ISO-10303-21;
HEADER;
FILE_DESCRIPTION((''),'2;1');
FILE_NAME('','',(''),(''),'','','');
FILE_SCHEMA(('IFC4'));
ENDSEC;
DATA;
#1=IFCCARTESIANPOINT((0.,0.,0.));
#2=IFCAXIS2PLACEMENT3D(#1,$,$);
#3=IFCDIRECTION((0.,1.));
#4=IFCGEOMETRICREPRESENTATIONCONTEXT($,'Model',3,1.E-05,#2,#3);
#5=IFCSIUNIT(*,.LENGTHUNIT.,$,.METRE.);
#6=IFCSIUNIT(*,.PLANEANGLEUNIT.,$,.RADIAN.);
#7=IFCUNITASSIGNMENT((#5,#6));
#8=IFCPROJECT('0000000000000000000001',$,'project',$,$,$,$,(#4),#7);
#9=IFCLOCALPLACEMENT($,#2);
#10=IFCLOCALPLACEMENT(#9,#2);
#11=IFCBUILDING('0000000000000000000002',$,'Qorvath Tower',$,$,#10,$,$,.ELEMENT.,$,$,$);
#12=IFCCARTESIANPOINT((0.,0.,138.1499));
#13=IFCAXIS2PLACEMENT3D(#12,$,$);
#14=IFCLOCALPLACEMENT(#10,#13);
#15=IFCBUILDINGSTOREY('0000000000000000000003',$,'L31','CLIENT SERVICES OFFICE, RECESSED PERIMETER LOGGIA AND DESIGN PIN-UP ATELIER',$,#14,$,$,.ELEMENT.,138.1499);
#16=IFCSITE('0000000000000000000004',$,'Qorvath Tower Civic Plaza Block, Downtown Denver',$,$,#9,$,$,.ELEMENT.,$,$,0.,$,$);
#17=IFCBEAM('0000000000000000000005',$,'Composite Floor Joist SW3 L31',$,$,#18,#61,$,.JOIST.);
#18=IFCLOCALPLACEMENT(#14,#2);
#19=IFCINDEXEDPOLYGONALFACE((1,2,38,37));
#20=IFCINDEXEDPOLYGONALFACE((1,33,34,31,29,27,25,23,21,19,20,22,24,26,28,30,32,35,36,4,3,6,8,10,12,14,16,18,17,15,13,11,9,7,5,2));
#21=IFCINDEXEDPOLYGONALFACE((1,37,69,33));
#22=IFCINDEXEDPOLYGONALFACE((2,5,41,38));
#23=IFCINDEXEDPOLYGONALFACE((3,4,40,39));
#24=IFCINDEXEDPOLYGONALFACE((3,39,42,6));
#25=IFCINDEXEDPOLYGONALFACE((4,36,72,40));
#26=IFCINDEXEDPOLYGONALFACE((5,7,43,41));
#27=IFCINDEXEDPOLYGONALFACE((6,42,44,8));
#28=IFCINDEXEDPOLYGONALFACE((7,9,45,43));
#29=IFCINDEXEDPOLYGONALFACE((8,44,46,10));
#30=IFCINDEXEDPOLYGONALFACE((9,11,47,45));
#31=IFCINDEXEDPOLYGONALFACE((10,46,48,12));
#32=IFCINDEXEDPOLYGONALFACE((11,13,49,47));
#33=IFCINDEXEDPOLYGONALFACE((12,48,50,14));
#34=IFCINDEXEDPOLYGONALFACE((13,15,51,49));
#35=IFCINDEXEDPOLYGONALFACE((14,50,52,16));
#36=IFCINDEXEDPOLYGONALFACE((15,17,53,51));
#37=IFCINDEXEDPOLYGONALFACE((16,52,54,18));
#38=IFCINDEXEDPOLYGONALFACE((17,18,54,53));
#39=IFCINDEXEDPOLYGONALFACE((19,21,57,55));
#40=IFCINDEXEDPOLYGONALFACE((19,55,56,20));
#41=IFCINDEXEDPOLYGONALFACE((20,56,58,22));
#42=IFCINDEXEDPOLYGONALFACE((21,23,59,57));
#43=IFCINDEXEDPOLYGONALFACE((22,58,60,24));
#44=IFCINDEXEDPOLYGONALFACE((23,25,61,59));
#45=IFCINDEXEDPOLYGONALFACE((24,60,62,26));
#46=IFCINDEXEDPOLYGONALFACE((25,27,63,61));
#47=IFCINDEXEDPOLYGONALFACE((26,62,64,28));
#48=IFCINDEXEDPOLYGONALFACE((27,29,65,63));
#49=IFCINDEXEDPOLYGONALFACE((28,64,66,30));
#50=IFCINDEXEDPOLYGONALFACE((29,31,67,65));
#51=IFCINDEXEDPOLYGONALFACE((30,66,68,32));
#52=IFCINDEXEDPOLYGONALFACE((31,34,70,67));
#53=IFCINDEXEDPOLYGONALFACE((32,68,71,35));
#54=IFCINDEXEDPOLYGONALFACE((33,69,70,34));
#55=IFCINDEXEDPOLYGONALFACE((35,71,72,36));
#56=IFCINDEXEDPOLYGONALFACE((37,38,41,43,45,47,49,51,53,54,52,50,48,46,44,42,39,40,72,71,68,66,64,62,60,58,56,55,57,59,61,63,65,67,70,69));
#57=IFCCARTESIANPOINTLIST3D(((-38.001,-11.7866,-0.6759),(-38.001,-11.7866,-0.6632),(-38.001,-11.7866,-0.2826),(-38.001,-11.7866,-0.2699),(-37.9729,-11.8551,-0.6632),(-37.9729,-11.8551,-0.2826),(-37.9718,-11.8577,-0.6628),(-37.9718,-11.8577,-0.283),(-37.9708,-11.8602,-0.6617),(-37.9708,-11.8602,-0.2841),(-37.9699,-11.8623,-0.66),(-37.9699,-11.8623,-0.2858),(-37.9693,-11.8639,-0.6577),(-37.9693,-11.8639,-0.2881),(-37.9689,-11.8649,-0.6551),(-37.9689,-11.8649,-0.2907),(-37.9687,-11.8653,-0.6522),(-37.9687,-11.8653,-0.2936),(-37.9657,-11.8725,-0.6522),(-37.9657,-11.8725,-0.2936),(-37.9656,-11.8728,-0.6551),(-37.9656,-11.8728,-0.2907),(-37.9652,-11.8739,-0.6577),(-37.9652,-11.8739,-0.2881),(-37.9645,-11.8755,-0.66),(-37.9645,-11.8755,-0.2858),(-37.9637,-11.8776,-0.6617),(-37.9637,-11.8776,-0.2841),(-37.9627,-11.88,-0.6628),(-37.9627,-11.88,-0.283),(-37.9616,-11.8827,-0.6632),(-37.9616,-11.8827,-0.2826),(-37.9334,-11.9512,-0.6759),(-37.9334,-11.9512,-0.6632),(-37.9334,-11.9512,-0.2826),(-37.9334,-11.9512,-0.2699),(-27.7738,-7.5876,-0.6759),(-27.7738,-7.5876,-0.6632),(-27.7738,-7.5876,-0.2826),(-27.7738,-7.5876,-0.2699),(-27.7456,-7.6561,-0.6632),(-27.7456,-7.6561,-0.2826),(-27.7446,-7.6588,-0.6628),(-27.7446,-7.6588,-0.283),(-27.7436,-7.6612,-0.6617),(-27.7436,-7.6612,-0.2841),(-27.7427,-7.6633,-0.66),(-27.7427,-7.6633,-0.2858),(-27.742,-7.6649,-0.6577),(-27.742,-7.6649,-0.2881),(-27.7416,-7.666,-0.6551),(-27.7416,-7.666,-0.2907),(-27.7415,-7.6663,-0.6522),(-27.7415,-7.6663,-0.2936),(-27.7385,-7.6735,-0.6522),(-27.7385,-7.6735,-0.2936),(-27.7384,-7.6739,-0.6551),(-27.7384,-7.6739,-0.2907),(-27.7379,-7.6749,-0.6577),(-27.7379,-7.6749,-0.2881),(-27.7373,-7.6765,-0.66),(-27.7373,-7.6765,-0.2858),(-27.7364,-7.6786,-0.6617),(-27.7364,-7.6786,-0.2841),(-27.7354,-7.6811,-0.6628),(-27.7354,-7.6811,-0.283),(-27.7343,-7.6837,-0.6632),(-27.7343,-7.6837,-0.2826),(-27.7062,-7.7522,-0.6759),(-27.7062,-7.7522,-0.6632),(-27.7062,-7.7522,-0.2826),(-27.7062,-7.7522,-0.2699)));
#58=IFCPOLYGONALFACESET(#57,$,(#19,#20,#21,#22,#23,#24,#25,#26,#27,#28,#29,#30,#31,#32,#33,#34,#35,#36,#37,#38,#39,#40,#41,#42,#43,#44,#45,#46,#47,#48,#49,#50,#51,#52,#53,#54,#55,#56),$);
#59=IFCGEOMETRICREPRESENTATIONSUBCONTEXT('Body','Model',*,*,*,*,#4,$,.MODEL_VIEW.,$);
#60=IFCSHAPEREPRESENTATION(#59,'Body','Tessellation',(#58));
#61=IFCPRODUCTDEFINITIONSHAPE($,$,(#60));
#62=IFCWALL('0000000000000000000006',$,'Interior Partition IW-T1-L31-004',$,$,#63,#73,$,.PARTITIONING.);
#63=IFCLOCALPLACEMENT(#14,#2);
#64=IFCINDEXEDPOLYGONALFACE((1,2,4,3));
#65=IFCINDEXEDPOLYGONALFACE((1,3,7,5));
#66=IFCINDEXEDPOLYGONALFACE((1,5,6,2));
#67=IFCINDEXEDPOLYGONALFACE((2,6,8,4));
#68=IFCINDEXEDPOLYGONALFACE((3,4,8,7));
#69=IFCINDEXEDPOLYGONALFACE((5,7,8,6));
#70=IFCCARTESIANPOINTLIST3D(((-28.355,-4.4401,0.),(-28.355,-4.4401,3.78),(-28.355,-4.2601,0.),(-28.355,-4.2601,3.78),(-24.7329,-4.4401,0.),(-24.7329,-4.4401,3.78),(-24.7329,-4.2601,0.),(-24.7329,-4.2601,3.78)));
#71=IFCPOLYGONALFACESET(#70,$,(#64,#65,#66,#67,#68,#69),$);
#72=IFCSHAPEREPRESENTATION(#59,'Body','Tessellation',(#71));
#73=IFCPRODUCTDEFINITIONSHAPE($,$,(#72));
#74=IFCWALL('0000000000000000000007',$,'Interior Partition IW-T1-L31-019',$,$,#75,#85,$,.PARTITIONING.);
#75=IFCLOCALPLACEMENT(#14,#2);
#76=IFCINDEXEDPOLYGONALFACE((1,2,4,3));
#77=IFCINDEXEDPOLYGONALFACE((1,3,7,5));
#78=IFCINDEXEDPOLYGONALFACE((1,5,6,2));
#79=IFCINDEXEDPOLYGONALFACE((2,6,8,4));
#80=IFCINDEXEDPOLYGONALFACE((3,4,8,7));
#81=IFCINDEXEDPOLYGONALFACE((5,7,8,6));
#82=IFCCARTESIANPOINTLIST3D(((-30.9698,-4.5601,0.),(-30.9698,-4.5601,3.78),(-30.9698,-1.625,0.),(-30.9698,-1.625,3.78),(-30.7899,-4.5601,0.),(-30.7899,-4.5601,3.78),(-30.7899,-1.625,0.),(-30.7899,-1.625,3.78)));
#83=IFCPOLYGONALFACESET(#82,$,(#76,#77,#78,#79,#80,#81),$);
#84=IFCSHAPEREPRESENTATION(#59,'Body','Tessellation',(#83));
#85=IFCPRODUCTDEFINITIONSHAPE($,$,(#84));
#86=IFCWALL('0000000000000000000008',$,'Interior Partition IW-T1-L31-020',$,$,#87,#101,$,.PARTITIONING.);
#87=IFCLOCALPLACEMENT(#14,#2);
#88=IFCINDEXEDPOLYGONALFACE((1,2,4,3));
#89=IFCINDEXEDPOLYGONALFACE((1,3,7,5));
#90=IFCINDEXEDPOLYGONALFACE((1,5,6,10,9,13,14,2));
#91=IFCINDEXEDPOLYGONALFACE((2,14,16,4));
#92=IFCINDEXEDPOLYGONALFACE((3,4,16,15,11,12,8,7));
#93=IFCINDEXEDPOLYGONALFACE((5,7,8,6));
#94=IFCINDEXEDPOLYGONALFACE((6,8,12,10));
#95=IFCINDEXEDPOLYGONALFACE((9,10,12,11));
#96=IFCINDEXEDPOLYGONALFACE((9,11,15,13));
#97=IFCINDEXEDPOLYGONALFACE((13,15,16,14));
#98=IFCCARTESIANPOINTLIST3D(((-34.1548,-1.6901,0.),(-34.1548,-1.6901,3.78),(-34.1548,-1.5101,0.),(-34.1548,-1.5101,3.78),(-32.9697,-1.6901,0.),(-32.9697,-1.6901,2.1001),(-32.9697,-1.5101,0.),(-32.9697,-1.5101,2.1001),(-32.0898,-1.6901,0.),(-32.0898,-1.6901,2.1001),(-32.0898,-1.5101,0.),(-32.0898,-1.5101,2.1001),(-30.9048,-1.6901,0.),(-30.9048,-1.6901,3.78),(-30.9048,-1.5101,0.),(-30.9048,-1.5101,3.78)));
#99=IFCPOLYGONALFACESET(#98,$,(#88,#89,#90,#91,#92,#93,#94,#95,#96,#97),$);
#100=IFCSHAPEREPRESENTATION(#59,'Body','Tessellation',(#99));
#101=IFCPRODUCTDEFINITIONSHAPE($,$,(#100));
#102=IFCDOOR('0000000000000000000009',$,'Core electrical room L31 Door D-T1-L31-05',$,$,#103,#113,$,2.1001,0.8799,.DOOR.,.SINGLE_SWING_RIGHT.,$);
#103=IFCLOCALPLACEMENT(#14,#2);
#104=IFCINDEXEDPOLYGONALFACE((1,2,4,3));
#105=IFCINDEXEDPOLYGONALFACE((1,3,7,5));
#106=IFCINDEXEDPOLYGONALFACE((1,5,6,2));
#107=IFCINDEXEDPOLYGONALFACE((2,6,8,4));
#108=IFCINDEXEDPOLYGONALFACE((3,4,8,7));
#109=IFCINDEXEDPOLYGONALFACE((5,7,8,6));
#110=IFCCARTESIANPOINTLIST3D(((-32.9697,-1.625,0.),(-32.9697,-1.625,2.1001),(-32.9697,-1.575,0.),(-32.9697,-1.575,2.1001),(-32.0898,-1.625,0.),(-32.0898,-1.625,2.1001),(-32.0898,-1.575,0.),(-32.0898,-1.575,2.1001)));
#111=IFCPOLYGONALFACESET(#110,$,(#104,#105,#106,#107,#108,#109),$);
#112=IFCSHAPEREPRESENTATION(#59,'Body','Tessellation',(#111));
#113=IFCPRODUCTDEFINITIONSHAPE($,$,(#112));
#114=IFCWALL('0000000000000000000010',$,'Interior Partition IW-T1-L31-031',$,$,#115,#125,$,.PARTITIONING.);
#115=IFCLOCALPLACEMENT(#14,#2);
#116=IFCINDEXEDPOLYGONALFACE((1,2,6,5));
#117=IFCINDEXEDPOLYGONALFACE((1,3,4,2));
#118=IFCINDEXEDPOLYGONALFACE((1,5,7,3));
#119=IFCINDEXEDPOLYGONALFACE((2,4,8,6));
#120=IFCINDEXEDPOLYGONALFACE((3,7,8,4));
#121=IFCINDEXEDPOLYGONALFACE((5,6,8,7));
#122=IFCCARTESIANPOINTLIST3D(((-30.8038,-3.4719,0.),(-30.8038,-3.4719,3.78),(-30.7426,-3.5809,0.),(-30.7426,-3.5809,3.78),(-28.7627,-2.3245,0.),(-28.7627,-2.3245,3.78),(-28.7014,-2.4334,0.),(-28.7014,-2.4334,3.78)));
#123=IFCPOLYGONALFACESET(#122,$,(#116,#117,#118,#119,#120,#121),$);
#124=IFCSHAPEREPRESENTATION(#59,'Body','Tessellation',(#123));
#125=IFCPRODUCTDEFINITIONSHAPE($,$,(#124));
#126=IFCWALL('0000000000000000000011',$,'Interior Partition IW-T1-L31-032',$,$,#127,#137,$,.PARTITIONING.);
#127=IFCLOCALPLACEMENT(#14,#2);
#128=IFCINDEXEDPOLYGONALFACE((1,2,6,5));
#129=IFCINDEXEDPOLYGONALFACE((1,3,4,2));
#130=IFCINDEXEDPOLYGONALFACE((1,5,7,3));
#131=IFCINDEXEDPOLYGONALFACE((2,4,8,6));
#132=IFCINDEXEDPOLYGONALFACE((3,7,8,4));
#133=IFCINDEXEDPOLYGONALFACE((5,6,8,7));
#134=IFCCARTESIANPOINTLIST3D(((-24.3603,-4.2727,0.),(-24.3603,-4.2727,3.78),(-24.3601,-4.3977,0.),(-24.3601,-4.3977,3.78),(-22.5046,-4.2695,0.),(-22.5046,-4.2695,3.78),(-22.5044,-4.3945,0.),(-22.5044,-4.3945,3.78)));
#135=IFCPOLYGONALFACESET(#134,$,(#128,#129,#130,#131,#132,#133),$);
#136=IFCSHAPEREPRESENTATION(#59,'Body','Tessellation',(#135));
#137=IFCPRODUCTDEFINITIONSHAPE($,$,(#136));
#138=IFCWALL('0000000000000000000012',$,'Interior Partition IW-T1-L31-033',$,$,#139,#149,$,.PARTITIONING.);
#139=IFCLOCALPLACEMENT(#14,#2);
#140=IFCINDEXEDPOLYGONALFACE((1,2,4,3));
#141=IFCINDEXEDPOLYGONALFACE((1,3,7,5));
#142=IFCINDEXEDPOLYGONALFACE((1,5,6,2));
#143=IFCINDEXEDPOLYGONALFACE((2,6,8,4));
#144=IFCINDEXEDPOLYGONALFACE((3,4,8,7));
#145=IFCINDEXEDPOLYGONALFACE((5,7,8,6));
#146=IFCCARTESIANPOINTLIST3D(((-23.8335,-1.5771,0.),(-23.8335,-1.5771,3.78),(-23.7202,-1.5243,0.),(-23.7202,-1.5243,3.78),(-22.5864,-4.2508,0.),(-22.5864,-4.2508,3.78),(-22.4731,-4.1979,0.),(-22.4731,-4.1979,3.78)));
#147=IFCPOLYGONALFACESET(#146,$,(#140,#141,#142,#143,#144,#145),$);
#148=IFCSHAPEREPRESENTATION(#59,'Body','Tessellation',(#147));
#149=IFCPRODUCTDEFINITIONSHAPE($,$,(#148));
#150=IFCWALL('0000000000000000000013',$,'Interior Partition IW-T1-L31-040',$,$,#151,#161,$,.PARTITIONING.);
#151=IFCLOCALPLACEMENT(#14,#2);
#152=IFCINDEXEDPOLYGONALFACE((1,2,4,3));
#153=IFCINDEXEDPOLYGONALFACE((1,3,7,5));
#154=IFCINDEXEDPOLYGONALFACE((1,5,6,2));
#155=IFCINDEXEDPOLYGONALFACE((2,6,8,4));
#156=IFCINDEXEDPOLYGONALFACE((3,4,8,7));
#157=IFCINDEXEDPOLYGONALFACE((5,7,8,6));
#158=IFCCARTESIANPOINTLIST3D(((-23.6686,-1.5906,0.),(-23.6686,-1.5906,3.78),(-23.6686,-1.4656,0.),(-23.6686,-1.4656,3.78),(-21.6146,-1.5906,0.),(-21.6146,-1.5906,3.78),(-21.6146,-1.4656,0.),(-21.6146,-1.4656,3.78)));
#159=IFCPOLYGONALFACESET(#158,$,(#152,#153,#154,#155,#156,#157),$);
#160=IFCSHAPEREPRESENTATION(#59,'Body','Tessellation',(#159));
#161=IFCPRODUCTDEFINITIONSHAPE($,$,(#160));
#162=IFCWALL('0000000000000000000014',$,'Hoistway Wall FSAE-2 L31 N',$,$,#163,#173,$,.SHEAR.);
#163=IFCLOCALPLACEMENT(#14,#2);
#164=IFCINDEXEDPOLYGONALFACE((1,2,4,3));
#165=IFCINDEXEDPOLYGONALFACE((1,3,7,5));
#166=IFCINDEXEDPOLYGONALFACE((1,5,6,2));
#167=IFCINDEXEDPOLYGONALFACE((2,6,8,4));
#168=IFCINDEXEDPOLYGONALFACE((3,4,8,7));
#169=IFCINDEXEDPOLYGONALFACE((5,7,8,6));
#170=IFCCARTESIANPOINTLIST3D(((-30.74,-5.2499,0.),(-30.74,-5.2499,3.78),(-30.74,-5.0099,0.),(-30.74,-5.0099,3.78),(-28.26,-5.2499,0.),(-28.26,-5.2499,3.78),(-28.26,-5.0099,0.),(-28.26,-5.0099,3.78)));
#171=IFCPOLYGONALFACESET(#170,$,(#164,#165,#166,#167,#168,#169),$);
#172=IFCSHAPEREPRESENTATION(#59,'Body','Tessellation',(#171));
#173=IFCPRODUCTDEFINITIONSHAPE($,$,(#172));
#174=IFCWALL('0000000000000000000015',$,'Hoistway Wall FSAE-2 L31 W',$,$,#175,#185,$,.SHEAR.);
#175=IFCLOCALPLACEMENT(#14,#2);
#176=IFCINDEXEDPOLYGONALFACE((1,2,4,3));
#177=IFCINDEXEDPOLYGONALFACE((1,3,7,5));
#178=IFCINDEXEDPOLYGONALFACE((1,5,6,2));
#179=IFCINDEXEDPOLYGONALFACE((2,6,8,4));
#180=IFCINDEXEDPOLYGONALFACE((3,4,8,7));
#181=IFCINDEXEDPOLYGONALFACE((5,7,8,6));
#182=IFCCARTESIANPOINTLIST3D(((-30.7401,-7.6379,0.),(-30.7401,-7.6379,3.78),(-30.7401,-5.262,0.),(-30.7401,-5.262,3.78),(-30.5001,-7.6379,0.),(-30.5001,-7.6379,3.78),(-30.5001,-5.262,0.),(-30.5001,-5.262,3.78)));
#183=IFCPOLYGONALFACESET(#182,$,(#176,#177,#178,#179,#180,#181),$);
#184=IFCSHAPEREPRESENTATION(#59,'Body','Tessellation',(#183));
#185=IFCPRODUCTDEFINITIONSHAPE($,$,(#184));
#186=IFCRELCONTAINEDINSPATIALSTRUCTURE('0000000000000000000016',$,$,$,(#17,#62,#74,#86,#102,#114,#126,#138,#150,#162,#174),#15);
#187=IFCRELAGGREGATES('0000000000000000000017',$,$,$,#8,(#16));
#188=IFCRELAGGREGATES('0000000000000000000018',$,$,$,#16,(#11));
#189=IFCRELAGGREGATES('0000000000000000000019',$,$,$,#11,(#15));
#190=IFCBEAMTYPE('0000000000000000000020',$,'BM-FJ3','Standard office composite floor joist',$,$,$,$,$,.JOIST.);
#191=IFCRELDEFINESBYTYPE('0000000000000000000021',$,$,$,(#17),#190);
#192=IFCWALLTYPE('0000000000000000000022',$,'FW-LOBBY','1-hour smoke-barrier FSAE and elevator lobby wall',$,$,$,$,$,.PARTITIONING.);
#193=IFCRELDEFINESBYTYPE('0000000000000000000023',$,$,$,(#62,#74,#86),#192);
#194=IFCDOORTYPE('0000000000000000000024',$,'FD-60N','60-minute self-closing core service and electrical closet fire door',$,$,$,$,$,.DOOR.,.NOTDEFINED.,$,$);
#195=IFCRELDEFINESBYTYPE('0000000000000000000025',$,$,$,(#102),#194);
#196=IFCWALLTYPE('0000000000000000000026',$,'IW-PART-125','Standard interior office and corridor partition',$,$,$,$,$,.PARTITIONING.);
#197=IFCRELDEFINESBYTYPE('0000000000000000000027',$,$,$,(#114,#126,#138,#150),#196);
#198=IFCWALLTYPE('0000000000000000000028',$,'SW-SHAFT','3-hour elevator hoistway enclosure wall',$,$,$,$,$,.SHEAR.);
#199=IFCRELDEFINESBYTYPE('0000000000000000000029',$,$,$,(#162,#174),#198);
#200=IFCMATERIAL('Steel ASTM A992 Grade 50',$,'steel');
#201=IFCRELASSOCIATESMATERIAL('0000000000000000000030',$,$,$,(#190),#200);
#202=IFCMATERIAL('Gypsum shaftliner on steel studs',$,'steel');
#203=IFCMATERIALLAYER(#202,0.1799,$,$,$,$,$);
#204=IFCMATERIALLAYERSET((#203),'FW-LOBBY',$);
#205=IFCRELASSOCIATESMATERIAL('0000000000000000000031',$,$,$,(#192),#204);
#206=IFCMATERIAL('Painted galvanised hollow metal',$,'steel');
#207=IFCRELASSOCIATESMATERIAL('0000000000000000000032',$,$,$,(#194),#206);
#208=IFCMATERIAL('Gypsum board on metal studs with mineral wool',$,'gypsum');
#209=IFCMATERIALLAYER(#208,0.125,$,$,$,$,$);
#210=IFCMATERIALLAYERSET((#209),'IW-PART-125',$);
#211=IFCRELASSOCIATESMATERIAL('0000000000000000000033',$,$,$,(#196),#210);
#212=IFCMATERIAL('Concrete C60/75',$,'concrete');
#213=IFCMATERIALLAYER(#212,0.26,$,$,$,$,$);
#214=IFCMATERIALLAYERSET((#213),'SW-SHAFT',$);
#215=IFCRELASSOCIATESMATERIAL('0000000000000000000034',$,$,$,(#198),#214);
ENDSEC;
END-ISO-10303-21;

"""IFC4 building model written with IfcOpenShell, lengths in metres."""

from ifc_helpers import new_model, si_unit, direction, frame, frame_2d, origin, origin_2d, place, context, subcontext, project, spatial, rectangle, i_section, extrude, material, layer, layer_set, material_profile, profile_set, type_object, element, fill, save


model = new_model("IFC4")

# Units and contexts
model_context = context("Model", 3, precision=1e-05, world=origin(), true_north=direction((0.0, 1.0)))
body_context = subcontext(model_context, "Body", "Model", "MODEL_VIEW")
ifc_project = project(units=[si_unit("LENGTHUNIT", "METRE"), si_unit("PLANEANGLEUNIT", "RADIAN")], contexts=[model_context])

# Site, building, storey
site_placement = place(None, origin())
site = spatial("IfcSite", under=ifc_project, at=site_placement, Name="Qorvath Tower Civic Plaza Block, Downtown Denver", CompositionType="ELEMENT", RefElevation=0.0)
building_placement = place(site_placement, origin())
building = spatial("IfcBuilding", under=site, at=building_placement, Name="Qorvath Tower", CompositionType="ELEMENT")
storey_placement = place(building_placement, frame((0.0, 0.0, 138.1499)))
storey = spatial("IfcBuildingStorey", under=building, at=storey_placement, Name="L31", Description="CLIENT SERVICES OFFICE, RECESSED PERIMETER LOGGIA AND DESIGN PIN-UP ATELIER", CompositionType="ELEMENT", Elevation=138.1499)

# Beam
ifc_material_1 = material(Name="Steel ASTM A992 Grade 50", Category="steel")
ifc_material_profile_1 = material_profile(ifc_material_1, i_section(OverallWidth=0.178, OverallDepth=0.406, WebThickness=0.0078, FlangeThickness=0.0127, FilletRadius=0.011, at=origin_2d()), Name="W16x40")
ifc_profile_set_1 = profile_set([ifc_material_profile_1], Name="Steel ASTM A992 Grade 50")
beam_type_1 = type_object("IfcBeamType", Name="BM-FJ3", Description="Standard office composite floor joist", PredefinedType="JOIST", material=ifc_profile_set_1)
beam_1_placement = place(storey_placement, frame((-27.74, -7.6699, -0.4729), z_axis=(-0.925068, -0.379801, 0.0), x_axis=(0.379801, -0.925068, 0.0)))
element("IfcBeam", 1, at=beam_1_placement, inside=storey, type_object=beam_type_1, Name="Composite Floor Joist SW3 L31", PredefinedType="JOIST", context=body_context, shape_type="SweptSolid", body=[
    extrude(i_section(OverallWidth=0.178, OverallDepth=0.406, WebThickness=0.0078, FlangeThickness=0.0127, FilletRadius=0.011, at=origin_2d()), origin(), (0.0, 0.0, 1.0), 11.0557),
])

# Walls
ifc_material_2 = material(Name="Gypsum shaftliner on steel studs", Category="steel")
ifc_layer_1 = layer(ifc_material_2, 0.1799)
ifc_layer_set_1 = layer_set([ifc_layer_1], Name="FW-LOBBY")
wall_type_1 = type_object("IfcWallType", Name="FW-LOBBY", Description="1-hour smoke-barrier FSAE and elevator lobby wall", PredefinedType="PARTITIONING", material=ifc_layer_set_1)
wall_1_placement = place(storey_placement, frame((-24.7329, -4.3501, 0.0), z_axis=(0.0, 0.0, 1.0), x_axis=(-1.0, 0.0, 0.0)))
element("IfcWall", 2, at=wall_1_placement, inside=storey, type_object=wall_type_1, Name="Interior Partition IW-T1-L31-004", PredefinedType="PARTITIONING", context=body_context, shape_type="SweptSolid", body=[
    extrude(rectangle(XDim=3.6221, YDim=0.1799, at=frame_2d((1.811, 0.0))), origin(), (0.0, 0.0, 1.0), 3.78),
])
wall_2_placement = place(storey_placement, frame((-30.8799, -4.5601, 0.0), z_axis=(0.0, 0.0, 1.0), x_axis=(0.0, 1.0, 0.0)))
element("IfcWall", 3, at=wall_2_placement, inside=storey, type_object=wall_type_1, Name="Interior Partition IW-T1-L31-019", PredefinedType="PARTITIONING", context=body_context, shape_type="SweptSolid", body=[
    extrude(rectangle(XDim=2.9351, YDim=0.1799, at=frame_2d((1.4675, 0.0))), origin(), (0.0, 0.0, 1.0), 3.78),
])

# Wall, opening, door
wall_3_placement = place(storey_placement, frame((-30.9048, -1.6001, 0.0), z_axis=(0.0, 0.0, 1.0), x_axis=(-1.0, 0.0, 0.0)))
wall_3 = element("IfcWall", 4, at=wall_3_placement, inside=storey, type_object=wall_type_1, Name="Interior Partition IW-T1-L31-020", PredefinedType="PARTITIONING", context=body_context, shape_type="SweptSolid", body=[
    extrude(rectangle(XDim=3.25, YDim=0.1799, at=frame_2d((1.625, 0.0))), origin(), (0.0, 0.0, 1.0), 3.78),
])
opening_1_placement = place(wall_3_placement, frame((1.1851, 0.0, 0.0)))
opening_1 = element("IfcOpeningElement", 5, at=opening_1_placement, cuts=wall_3, PredefinedType="OPENING", context=body_context, shape_type="SweptSolid", body=[
    extrude(rectangle(XDim=0.8799, YDim=2.1001, at=frame_2d((0.4399, 1.05))), frame((0.0, 0.1001, 0.0), z_axis=(0.0, -1.0, 0.0), x_axis=(1.0, 0.0, 0.0)), (0.0, 0.0, 1.0), 0.2),
])
ifc_material_3 = material(Name="Painted galvanised hollow metal", Category="steel")
door_type_1 = type_object("IfcDoorType", Name="FD-60N", Description="60-minute self-closing core service and electrical closet fire door", OperationType="NOTDEFINED", PredefinedType="DOOR", material=ifc_material_3)
door_1_placement = place(opening_1_placement, origin())
door_1 = element("IfcDoor", 6, at=door_1_placement, inside=storey, type_object=door_type_1, Name="Core electrical room L31 Door D-T1-L31-05", OperationType="SINGLE_SWING_RIGHT", OverallHeight=2.1001, OverallWidth=0.8799, PredefinedType="DOOR", context=body_context, shape_type="SweptSolid", body=[
    extrude(rectangle(XDim=0.8799, YDim=2.1001, at=frame_2d((0.4399, 1.05))), frame((0.0, 0.0249, 0.0), z_axis=(0.0, -1.0, 0.0), x_axis=(1.0, 0.0, 0.0)), (0.0, 0.0, 1.0), 0.05),
])
fill(opening_1, door_1)
ifc_material_4 = material(Name="Gypsum board on metal studs with mineral wool", Category="gypsum")
ifc_layer_2 = layer(ifc_material_4, 0.125)
ifc_layer_set_2 = layer_set([ifc_layer_2], Name="IW-PART-125")
wall_type_2 = type_object("IfcWallType", Name="IW-PART-125", Description="Standard interior office and corridor partition", PredefinedType="PARTITIONING", material=ifc_layer_set_2)

# Walls
wall_4_placement = place(storey_placement, frame((-28.7319, -2.3789, 0.0), z_axis=(0.0, 0.0, 1.0), x_axis=(-0.871712, -0.490019, 0.0)))
element("IfcWall", 7, at=wall_4_placement, inside=storey, type_object=wall_type_2, Name="Interior Partition IW-T1-L31-031", PredefinedType="PARTITIONING", context=body_context, shape_type="SweptSolid", body=[
    extrude(rectangle(XDim=2.3416, YDim=0.125, at=frame_2d((1.1709, 0.0))), origin(), (0.0, 0.0, 1.0), 3.78),
])
wall_5_placement = place(storey_placement, frame((-24.3601, -4.3352, 0.0), z_axis=(0.0, 0.0, 1.0), x_axis=(0.999999, 0.00171, 0.0)))
element("IfcWall", 8, at=wall_5_placement, inside=storey, type_object=wall_type_2, Name="Interior Partition IW-T1-L31-032", PredefinedType="PARTITIONING", context=body_context, shape_type="SweptSolid", body=[
    extrude(rectangle(XDim=1.8557, YDim=0.125, at=frame_2d((0.9277, 0.0))), origin(), (0.0, 0.0, 1.0), 3.78),
])
wall_6_placement = place(storey_placement, frame((-22.5298, -4.2244, 0.0), z_axis=(0.0, 0.0, 1.0), x_axis=(-0.422718, 0.906261, 0.0)))
element("IfcWall", 9, at=wall_6_placement, inside=storey, type_object=wall_type_2, Name="Interior Partition IW-T1-L31-033", PredefinedType="PARTITIONING", context=body_context, shape_type="SweptSolid", body=[
    extrude(rectangle(XDim=2.9502, YDim=0.125, at=frame_2d((1.4751, 0.0))), origin(), (0.0, 0.0, 1.0), 3.78),
])
wall_7_placement = place(storey_placement, frame((-21.6147, -1.5281, 0.0), z_axis=(0.0, 0.0, 1.0), x_axis=(-1.0, 0.0, 0.0)))
element("IfcWall", 10, at=wall_7_placement, inside=storey, type_object=wall_type_2, Name="Interior Partition IW-T1-L31-040", PredefinedType="PARTITIONING", context=body_context, shape_type="SweptSolid", body=[
    extrude(rectangle(XDim=2.054, YDim=0.125, at=frame_2d((1.0269, 0.0))), origin(), (0.0, 0.0, 1.0), 3.78),
])
ifc_material_5 = material(Name="Concrete C60/75", Category="concrete")
ifc_layer_3 = layer(ifc_material_5, 0.26)
ifc_layer_set_3 = layer_set([ifc_layer_3], Name="SW-SHAFT")
wall_type_3 = type_object("IfcWallType", Name="SW-SHAFT", Description="3-hour elevator hoistway enclosure wall", PredefinedType="SHEAR", material=ifc_layer_set_3)
wall_8_placement = place(storey_placement, frame((-30.74, -5.1299, 0.0), z_axis=(0.0, 0.0, 1.0), x_axis=(1.0, 0.0, 0.0)))
element("IfcWall", 11, at=wall_8_placement, inside=storey, type_object=wall_type_3, Name="Hoistway Wall FSAE-2 L31 N", PredefinedType="SHEAR", context=body_context, shape_type="SweptSolid", body=[
    extrude(rectangle(XDim=2.48, YDim=0.24, at=frame_2d((1.24, 0.0))), origin(), (0.0, 0.0, 1.0), 3.78),
])
wall_9_placement = place(storey_placement, frame((-30.6201, -7.6379, 0.0), z_axis=(0.0, 0.0, 1.0), x_axis=(0.0, 1.0, 0.0)))
element("IfcWall", 12, at=wall_9_placement, inside=storey, type_object=wall_type_3, Name="Hoistway Wall FSAE-2 L31 W", PredefinedType="SHEAR", context=body_context, shape_type="SweptSolid", body=[
    extrude(rectangle(XDim=2.376, YDim=0.24, at=frame_2d((1.188, 0.0))), origin(), (0.0, 0.0, 1.0), 3.78),
])

save(model, "model.ifc")
